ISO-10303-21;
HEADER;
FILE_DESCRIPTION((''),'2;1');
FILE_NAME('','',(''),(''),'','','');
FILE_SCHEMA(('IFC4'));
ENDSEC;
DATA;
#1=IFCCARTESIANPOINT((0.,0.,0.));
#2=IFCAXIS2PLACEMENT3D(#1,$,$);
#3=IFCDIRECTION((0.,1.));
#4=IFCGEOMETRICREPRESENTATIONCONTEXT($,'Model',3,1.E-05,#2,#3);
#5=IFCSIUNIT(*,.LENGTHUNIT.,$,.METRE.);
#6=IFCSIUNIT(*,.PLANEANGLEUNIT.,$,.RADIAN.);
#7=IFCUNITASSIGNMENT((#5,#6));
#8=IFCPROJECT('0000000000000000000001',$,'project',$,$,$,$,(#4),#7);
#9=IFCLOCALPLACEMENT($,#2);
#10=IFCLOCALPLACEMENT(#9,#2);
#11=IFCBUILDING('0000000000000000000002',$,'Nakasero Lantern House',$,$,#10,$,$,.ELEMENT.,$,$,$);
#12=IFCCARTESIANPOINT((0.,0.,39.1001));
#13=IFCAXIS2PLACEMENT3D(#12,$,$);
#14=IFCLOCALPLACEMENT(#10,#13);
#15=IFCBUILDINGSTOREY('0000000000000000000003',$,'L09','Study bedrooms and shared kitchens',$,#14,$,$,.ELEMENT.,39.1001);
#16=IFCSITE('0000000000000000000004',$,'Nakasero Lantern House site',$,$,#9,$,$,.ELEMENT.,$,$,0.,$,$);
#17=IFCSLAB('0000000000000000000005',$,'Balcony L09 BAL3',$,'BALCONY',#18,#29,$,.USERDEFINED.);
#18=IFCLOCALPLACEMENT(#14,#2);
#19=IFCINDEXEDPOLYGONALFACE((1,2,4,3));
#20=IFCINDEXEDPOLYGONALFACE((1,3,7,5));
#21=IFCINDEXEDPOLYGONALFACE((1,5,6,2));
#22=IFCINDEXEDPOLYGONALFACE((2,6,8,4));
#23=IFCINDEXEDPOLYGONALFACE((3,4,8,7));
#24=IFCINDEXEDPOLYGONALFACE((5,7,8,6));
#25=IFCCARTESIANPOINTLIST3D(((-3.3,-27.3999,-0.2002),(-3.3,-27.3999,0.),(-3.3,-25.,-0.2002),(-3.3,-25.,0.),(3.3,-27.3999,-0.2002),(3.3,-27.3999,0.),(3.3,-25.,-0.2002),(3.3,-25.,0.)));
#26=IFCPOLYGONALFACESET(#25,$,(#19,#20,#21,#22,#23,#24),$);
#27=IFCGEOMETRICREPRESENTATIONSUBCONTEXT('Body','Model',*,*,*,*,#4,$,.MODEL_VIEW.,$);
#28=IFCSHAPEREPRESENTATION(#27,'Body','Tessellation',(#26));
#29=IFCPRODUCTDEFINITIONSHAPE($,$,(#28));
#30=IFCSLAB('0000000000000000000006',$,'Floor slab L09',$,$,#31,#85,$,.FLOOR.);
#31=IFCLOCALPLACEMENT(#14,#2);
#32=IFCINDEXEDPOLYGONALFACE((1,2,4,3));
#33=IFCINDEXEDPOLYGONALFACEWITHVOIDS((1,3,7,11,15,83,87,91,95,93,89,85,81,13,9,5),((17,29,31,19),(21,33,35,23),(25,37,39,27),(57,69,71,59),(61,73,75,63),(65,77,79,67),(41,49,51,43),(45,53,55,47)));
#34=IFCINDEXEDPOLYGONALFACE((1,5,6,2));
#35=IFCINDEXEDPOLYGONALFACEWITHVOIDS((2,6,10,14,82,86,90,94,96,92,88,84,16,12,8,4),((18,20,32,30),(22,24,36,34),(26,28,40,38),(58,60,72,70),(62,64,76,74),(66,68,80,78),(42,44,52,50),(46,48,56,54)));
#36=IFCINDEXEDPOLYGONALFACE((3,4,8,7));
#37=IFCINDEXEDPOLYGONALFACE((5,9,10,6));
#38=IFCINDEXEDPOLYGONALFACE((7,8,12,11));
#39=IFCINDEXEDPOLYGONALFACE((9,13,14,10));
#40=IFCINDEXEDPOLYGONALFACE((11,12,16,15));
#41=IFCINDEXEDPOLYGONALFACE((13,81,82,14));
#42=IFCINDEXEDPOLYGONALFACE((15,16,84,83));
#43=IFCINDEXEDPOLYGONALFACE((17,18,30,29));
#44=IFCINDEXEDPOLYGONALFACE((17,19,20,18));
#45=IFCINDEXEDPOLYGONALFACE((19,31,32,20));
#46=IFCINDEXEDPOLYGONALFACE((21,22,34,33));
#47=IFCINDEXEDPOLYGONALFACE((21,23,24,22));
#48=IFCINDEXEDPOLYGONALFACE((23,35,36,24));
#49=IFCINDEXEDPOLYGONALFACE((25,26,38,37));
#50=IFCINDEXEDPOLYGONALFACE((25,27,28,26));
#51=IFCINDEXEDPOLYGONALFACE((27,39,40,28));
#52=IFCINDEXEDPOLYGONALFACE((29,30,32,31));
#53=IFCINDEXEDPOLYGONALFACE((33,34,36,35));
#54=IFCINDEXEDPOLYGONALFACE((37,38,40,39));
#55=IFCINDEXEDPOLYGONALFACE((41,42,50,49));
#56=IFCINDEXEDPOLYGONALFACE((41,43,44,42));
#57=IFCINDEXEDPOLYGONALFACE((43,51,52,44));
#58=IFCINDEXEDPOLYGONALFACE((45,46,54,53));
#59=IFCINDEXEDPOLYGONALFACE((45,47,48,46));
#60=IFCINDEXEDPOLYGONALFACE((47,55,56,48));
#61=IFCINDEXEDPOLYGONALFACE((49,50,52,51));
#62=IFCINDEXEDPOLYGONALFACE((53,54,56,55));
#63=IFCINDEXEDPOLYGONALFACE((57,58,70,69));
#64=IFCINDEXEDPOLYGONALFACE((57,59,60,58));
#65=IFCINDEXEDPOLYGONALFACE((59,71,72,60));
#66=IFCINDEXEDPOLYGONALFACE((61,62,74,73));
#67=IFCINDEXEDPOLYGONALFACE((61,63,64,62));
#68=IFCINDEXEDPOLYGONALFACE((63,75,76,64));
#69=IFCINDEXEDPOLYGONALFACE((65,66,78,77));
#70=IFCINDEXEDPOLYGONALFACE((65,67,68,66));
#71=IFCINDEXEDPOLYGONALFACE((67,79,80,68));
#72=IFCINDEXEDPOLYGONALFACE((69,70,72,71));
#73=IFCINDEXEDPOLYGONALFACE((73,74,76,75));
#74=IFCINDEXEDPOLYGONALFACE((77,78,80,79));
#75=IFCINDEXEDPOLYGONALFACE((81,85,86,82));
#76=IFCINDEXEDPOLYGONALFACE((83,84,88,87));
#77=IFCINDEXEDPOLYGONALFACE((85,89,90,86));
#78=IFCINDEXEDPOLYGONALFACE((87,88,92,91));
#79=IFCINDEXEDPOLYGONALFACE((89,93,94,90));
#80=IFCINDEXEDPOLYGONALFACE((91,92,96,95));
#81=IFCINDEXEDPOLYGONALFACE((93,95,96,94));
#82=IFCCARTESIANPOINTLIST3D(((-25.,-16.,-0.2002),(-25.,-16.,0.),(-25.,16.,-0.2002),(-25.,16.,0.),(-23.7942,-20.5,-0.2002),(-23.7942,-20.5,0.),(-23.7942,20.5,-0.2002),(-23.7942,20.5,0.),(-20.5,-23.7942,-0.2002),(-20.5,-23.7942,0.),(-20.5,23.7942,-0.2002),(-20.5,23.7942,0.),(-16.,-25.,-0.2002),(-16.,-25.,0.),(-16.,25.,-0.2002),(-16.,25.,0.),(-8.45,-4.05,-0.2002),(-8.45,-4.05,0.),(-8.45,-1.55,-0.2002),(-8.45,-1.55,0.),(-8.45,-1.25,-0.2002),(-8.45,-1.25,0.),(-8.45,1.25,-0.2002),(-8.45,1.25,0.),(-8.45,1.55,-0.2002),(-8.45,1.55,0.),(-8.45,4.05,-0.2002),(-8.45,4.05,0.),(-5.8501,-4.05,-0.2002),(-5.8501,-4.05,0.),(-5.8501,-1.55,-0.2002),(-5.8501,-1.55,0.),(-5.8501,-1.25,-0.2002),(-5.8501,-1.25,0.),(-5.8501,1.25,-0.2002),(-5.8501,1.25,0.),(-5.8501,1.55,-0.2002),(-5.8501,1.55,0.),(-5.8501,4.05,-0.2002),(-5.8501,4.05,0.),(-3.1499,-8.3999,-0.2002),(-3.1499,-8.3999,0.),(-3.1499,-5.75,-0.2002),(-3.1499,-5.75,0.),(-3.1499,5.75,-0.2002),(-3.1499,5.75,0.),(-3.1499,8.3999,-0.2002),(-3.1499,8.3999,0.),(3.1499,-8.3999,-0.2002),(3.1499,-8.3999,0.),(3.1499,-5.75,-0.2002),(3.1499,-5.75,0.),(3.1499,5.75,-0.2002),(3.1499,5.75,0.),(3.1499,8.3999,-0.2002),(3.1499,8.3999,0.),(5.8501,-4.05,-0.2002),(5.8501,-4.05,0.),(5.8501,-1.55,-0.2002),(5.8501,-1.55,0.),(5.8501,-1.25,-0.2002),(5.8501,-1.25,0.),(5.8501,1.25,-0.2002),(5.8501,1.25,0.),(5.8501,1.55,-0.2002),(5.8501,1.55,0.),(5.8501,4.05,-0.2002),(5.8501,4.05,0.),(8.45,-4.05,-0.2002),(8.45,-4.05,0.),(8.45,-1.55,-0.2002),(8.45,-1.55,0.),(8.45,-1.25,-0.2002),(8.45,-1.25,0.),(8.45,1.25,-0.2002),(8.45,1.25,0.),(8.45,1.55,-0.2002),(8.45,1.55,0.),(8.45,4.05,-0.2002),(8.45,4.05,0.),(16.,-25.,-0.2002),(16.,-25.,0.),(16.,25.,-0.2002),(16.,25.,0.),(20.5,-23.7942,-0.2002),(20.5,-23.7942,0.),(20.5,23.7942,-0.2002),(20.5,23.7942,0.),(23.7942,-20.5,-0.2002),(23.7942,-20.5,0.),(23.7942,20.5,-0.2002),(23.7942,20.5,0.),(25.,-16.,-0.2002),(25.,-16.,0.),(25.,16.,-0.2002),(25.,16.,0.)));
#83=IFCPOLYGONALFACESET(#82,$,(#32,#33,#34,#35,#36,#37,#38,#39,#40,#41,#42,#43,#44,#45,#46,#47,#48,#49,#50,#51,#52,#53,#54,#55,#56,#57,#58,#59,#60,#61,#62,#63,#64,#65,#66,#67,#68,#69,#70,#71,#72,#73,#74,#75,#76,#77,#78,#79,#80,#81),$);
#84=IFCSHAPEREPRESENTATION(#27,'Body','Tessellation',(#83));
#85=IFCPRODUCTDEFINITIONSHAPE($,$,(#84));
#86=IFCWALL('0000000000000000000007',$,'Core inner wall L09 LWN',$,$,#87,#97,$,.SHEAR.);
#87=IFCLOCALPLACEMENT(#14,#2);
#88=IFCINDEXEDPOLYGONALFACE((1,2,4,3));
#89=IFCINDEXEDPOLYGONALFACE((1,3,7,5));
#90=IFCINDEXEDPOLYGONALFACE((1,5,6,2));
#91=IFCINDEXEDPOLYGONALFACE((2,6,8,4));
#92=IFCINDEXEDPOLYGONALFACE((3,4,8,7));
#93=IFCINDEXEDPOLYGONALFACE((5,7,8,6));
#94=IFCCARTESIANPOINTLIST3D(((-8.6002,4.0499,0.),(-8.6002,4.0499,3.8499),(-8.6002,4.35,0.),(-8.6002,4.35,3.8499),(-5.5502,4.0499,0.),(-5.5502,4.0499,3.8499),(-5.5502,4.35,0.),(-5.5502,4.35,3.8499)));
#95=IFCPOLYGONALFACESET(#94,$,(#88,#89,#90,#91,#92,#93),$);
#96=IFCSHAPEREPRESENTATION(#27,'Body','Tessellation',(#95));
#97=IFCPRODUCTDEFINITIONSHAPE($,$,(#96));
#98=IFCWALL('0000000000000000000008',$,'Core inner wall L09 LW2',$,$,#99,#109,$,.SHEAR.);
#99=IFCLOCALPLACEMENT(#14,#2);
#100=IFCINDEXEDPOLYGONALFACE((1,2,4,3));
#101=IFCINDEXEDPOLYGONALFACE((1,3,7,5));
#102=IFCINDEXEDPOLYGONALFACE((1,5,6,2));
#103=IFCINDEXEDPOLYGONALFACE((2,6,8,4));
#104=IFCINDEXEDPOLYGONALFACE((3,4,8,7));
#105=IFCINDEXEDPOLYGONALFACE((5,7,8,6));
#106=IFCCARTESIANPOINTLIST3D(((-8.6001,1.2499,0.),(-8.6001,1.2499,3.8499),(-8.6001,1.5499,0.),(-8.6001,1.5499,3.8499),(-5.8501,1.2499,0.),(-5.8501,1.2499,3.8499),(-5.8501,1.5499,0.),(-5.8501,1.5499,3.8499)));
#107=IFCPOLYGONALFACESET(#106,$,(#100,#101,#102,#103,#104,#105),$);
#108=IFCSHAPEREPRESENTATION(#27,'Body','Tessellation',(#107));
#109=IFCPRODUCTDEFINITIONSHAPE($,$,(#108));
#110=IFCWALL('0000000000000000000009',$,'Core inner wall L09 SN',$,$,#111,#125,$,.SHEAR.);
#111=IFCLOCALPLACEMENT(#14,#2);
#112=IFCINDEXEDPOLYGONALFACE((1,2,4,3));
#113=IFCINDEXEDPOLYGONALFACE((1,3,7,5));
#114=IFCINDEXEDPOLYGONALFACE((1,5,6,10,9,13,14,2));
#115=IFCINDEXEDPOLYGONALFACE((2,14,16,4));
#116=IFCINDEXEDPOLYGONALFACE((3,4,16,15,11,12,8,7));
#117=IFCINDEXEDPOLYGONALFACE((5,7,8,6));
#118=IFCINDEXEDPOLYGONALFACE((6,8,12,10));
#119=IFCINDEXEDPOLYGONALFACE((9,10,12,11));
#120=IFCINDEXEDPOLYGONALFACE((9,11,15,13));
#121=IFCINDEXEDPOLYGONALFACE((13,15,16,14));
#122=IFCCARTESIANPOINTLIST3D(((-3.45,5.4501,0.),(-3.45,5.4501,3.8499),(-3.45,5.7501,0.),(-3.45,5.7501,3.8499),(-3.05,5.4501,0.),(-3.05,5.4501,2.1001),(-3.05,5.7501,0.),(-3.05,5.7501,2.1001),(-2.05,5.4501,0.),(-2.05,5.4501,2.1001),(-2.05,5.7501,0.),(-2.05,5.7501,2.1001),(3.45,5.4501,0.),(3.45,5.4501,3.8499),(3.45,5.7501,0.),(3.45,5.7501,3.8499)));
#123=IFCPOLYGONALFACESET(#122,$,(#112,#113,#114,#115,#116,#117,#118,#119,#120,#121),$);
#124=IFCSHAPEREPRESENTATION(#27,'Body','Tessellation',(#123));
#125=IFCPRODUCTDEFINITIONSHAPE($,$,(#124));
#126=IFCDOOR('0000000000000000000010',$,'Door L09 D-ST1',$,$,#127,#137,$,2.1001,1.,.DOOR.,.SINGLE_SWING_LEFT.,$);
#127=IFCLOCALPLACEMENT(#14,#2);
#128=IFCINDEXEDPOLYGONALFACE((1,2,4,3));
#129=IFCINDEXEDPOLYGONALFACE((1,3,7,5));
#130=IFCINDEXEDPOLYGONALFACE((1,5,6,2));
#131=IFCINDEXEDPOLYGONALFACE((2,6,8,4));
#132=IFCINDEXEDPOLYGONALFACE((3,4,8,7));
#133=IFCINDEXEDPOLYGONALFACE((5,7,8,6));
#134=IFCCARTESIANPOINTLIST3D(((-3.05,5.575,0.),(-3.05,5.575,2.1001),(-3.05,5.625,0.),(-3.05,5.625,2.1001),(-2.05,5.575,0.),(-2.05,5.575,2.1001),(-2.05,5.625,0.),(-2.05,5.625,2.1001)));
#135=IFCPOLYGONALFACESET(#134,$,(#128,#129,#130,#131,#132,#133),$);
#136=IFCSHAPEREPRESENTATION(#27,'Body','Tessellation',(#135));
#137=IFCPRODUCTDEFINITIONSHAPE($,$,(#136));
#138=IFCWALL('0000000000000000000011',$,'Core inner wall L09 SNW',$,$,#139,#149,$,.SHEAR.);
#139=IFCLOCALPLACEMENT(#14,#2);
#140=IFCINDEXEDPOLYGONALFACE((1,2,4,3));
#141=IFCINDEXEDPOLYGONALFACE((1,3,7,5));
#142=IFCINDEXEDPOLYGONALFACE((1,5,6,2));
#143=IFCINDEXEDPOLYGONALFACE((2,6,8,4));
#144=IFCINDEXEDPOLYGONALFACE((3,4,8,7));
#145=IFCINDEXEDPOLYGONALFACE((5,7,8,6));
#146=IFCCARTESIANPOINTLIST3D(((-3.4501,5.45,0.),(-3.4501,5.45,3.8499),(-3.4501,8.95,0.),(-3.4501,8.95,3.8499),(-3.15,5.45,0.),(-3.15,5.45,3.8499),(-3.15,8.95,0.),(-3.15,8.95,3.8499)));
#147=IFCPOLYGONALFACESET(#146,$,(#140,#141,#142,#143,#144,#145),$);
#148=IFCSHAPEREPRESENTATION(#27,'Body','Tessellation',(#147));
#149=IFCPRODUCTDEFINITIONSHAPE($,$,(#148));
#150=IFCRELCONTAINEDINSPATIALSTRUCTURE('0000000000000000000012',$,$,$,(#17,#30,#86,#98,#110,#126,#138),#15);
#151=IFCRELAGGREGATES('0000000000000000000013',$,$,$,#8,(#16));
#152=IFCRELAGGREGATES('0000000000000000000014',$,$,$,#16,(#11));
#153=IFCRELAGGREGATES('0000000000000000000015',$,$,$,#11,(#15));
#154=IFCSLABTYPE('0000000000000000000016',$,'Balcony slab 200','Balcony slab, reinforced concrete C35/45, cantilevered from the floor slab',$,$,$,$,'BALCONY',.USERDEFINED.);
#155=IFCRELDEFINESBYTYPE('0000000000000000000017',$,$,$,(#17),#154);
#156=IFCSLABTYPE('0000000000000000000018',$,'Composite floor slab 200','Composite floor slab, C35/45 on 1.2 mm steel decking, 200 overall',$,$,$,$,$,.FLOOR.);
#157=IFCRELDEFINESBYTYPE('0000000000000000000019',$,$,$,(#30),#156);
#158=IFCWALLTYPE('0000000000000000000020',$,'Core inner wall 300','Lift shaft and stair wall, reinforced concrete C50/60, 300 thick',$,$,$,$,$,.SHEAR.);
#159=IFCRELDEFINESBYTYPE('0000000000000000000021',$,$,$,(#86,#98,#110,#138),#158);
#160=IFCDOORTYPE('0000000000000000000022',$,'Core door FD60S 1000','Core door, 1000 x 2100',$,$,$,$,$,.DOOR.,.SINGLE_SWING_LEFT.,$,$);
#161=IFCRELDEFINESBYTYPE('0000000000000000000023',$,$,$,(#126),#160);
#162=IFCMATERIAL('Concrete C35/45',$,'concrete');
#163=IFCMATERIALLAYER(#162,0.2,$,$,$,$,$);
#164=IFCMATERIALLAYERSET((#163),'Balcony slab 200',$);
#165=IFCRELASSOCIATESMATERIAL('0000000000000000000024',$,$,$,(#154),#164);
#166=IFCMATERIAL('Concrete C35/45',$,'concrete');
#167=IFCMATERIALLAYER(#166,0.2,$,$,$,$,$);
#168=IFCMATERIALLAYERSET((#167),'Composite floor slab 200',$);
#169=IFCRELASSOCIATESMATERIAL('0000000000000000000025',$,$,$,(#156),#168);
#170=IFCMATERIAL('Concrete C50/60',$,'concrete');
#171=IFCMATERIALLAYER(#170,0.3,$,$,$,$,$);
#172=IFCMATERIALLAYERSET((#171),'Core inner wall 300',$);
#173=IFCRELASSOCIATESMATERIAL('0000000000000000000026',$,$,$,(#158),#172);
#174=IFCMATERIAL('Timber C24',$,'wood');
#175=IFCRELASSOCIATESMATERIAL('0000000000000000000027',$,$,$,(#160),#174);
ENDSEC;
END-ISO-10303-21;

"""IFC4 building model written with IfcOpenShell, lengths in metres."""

from ifc_helpers import new_model, si_unit, direction, frame, frame_2d, origin, place, context, subcontext, project, spatial, polyline, rectangle, outline, extrude, material, layer, layer_set, type_object, element, fill, save


model = new_model("IFC4")

# Units and contexts
model_context = context("Model", 3, precision=1e-05, world=origin(), true_north=direction((0.0, 1.0)))
body_context = subcontext(model_context, "Body", "Model", "MODEL_VIEW")
ifc_project = project(units=[si_unit("LENGTHUNIT", "METRE"), si_unit("PLANEANGLEUNIT", "RADIAN")], contexts=[model_context])

# Site, building, storey
site_placement = place(None, origin())
site = spatial("IfcSite", under=ifc_project, at=site_placement, Name="Nakasero Lantern House site", CompositionType="ELEMENT", RefElevation=0.0)
building_placement = place(site_placement, origin())
building = spatial("IfcBuilding", under=site, at=building_placement, Name="Nakasero Lantern House", CompositionType="ELEMENT")
storey_placement = place(building_placement, frame((0.0, 0.0, 39.1001)))
storey = spatial("IfcBuildingStorey", under=building, at=storey_placement, Name="L09", Description="Study bedrooms and shared kitchens", CompositionType="ELEMENT", Elevation=39.1001)

# Slabs
ifc_material_1 = material(Name="Concrete C35/45", Category="concrete")
ifc_layer_1 = layer(ifc_material_1, 0.2)
ifc_layer_set_1 = layer_set([ifc_layer_1], Name="Balcony slab 200")
slab_type_1 = type_object("IfcSlabType", Name="Balcony slab 200", Description="Balcony slab, reinforced concrete C35/45, cantilevered from the floor slab", ElementType="BALCONY", PredefinedType="USERDEFINED", material=ifc_layer_set_1)
slab_1_placement = place(storey_placement, frame((0.0, 0.0, -0.2002)))
element("IfcSlab", 1, at=slab_1_placement, inside=storey, type_object=slab_type_1, Name="Balcony L09 BAL3", ObjectType="BALCONY", PredefinedType="USERDEFINED", context=body_context, shape_type="SweptSolid", body=[
    extrude(outline(polyline([(-3.3, -25.0), (-3.3, -27.3999), (3.3, -27.3999), (3.3, -25.0), (-3.3, -25.0)])), origin(), (0.0, 0.0, 1.0), 0.2002),
])
ifc_material_2 = material(Name="Concrete C35/45", Category="concrete")
ifc_layer_2 = layer(ifc_material_2, 0.2)
ifc_layer_set_2 = layer_set([ifc_layer_2], Name="Composite floor slab 200")
slab_type_2 = type_object("IfcSlabType", Name="Composite floor slab 200", Description="Composite floor slab, C35/45 on 1.2 mm steel decking, 200 overall", PredefinedType="FLOOR", material=ifc_layer_set_2)
slab_2_placement = place(storey_placement, frame((0.0, 0.0, -0.2002)))
element("IfcSlab", 2, at=slab_2_placement, inside=storey, type_object=slab_type_2, Name="Floor slab L09", PredefinedType="FLOOR", context=body_context, shape_type="SweptSolid", body=[
    extrude(outline(polyline([(25.0, 16.0), (23.7942, 20.5), (20.5, 23.7942), (16.0, 25.0), (-16.0, 25.0), (-20.5, 23.7942), (-23.7942, 20.5), (-25.0, 16.0), (-25.0, -16.0), (-23.7942, -20.5), (-20.5, -23.7942), (-16.0, -25.0), (16.0, -25.0), (20.5, -23.7942), (23.7942, -20.5), (25.0, -16.0), (25.0, 16.0)]), holes=[polyline([(-8.45, -4.05), (-5.8501, -4.05), (-5.8501, -1.55), (-8.45, -1.55), (-8.45, -4.05)]), polyline([(-8.45, -1.25), (-5.8501, -1.25), (-5.8501, 1.25), (-8.45, 1.25), (-8.45, -1.25)]), polyline([(-8.45, 1.55), (-5.8501, 1.55), (-5.8501, 4.05), (-8.45, 4.05), (-8.45, 1.55)]), polyline([(5.8501, -4.05), (8.45, -4.05), (8.45, -1.55), (5.8501, -1.55), (5.8501, -4.05)]), polyline([(5.8501, -1.25), (8.45, -1.25), (8.45, 1.25), (5.8501, 1.25), (5.8501, -1.25)]), polyline([(5.8501, 1.55), (8.45, 1.55), (8.45, 4.05), (5.8501, 4.05), (5.8501, 1.55)]), polyline([(-3.1499, 5.75), (3.1499, 5.75), (3.1499, 8.3999), (-3.1499, 8.3999), (-3.1499, 5.75)]), polyline([(-3.1499, -8.3999), (3.1499, -8.3999), (3.1499, -5.75), (-3.1499, -5.75), (-3.1499, -8.3999)])]), origin(), (0.0, 0.0, 1.0), 0.2002),
])

# Walls
ifc_material_3 = material(Name="Concrete C50/60", Category="concrete")
ifc_layer_3 = layer(ifc_material_3, 0.3)
ifc_layer_set_3 = layer_set([ifc_layer_3], Name="Core inner wall 300")
wall_type_1 = type_object("IfcWallType", Name="Core inner wall 300", Description="Lift shaft and stair wall, reinforced concrete C50/60, 300 thick", PredefinedType="SHEAR", material=ifc_layer_set_3)
wall_1_placement = place(storey_placement, frame((-8.6001, 4.2, 0.0), z_axis=(0.0, 0.0, 1.0), x_axis=(1.0, 0.0, 0.0)))
element("IfcWall", 3, at=wall_1_placement, inside=storey, type_object=wall_type_1, Name="Core inner wall L09 LWN", PredefinedType="SHEAR", context=body_context, shape_type="SweptSolid", body=[
    extrude(rectangle(XDim=3.05, YDim=0.3, at=frame_2d((1.5249, 0.0))), origin(), (0.0, 0.0, 1.0), 3.8499),
])
wall_2_placement = place(storey_placement, frame((-8.6001, 1.3999, 0.0), z_axis=(0.0, 0.0, 1.0), x_axis=(1.0, 0.0, 0.0)))
element("IfcWall", 4, at=wall_2_placement, inside=storey, type_object=wall_type_1, Name="Core inner wall L09 LW2", PredefinedType="SHEAR", context=body_context, shape_type="SweptSolid", body=[
    extrude(rectangle(XDim=2.75, YDim=0.3, at=frame_2d((1.375, 0.0))), origin(), (0.0, 0.0, 1.0), 3.8499),
])

# Wall, opening, door
wall_3_placement = place(storey_placement, frame((-3.45, 5.6001, 0.0), z_axis=(0.0, 0.0, 1.0), x_axis=(1.0, 0.0, 0.0)))
wall_3 = element("IfcWall", 5, at=wall_3_placement, inside=storey, type_object=wall_type_1, Name="Core inner wall L09 SN", PredefinedType="SHEAR", context=body_context, shape_type="SweptSolid", body=[
    extrude(rectangle(XDim=6.8999, YDim=0.3, at=frame_2d((3.45, 0.0))), origin(), (0.0, 0.0, 1.0), 3.8499),
])
opening_1_placement = place(wall_3_placement, frame((0.3999, 0.0, 0.0)))
opening_1 = element("IfcOpeningElement", 6, at=opening_1_placement, cuts=wall_3, PredefinedType="OPENING", context=body_context, shape_type="SweptSolid", body=[
    extrude(rectangle(XDim=1.0, YDim=2.1001, at=frame_2d((0.5, 1.05))), frame((0.0, 0.1699, 0.0), z_axis=(0.0, -1.0, 0.0), x_axis=(1.0, 0.0, 0.0)), (0.0, 0.0, 1.0), 0.3401),
])
ifc_material_4 = material(Name="Timber C24", Category="wood")
door_type_1 = type_object("IfcDoorType", Name="Core door FD60S 1000", Description="Core door, 1000 x 2100", OperationType="SINGLE_SWING_LEFT", PredefinedType="DOOR", material=ifc_material_4)
door_1_placement = place(opening_1_placement, origin())
door_1 = element("IfcDoor", 7, at=door_1_placement, inside=storey, type_object=door_type_1, Name="Door L09 D-ST1", OperationType="SINGLE_SWING_LEFT", OverallHeight=2.1001, OverallWidth=1.0, PredefinedType="DOOR", context=body_context, shape_type="SweptSolid", body=[
    extrude(rectangle(XDim=1.0, YDim=2.1001, at=frame_2d((0.5, 1.05))), frame((0.0, 0.0249, 0.0), z_axis=(0.0, -1.0, 0.0), x_axis=(1.0, 0.0, 0.0)), (0.0, 0.0, 1.0), 0.05),
])
fill(opening_1, door_1)

# Wall
wall_4_placement = place(storey_placement, frame((-3.3, 5.45, 0.0), z_axis=(0.0, 0.0, 1.0), x_axis=(0.0, 1.0, 0.0)))
element("IfcWall", 8, at=wall_4_placement, inside=storey, type_object=wall_type_1, Name="Core inner wall L09 SNW", PredefinedType="SHEAR", context=body_context, shape_type="SweptSolid", body=[
    extrude(rectangle(XDim=3.5, YDim=0.3, at=frame_2d((1.75, 0.0))), origin(), (0.0, 0.0, 1.0), 3.8499),
])

save(model, "model.ifc")
